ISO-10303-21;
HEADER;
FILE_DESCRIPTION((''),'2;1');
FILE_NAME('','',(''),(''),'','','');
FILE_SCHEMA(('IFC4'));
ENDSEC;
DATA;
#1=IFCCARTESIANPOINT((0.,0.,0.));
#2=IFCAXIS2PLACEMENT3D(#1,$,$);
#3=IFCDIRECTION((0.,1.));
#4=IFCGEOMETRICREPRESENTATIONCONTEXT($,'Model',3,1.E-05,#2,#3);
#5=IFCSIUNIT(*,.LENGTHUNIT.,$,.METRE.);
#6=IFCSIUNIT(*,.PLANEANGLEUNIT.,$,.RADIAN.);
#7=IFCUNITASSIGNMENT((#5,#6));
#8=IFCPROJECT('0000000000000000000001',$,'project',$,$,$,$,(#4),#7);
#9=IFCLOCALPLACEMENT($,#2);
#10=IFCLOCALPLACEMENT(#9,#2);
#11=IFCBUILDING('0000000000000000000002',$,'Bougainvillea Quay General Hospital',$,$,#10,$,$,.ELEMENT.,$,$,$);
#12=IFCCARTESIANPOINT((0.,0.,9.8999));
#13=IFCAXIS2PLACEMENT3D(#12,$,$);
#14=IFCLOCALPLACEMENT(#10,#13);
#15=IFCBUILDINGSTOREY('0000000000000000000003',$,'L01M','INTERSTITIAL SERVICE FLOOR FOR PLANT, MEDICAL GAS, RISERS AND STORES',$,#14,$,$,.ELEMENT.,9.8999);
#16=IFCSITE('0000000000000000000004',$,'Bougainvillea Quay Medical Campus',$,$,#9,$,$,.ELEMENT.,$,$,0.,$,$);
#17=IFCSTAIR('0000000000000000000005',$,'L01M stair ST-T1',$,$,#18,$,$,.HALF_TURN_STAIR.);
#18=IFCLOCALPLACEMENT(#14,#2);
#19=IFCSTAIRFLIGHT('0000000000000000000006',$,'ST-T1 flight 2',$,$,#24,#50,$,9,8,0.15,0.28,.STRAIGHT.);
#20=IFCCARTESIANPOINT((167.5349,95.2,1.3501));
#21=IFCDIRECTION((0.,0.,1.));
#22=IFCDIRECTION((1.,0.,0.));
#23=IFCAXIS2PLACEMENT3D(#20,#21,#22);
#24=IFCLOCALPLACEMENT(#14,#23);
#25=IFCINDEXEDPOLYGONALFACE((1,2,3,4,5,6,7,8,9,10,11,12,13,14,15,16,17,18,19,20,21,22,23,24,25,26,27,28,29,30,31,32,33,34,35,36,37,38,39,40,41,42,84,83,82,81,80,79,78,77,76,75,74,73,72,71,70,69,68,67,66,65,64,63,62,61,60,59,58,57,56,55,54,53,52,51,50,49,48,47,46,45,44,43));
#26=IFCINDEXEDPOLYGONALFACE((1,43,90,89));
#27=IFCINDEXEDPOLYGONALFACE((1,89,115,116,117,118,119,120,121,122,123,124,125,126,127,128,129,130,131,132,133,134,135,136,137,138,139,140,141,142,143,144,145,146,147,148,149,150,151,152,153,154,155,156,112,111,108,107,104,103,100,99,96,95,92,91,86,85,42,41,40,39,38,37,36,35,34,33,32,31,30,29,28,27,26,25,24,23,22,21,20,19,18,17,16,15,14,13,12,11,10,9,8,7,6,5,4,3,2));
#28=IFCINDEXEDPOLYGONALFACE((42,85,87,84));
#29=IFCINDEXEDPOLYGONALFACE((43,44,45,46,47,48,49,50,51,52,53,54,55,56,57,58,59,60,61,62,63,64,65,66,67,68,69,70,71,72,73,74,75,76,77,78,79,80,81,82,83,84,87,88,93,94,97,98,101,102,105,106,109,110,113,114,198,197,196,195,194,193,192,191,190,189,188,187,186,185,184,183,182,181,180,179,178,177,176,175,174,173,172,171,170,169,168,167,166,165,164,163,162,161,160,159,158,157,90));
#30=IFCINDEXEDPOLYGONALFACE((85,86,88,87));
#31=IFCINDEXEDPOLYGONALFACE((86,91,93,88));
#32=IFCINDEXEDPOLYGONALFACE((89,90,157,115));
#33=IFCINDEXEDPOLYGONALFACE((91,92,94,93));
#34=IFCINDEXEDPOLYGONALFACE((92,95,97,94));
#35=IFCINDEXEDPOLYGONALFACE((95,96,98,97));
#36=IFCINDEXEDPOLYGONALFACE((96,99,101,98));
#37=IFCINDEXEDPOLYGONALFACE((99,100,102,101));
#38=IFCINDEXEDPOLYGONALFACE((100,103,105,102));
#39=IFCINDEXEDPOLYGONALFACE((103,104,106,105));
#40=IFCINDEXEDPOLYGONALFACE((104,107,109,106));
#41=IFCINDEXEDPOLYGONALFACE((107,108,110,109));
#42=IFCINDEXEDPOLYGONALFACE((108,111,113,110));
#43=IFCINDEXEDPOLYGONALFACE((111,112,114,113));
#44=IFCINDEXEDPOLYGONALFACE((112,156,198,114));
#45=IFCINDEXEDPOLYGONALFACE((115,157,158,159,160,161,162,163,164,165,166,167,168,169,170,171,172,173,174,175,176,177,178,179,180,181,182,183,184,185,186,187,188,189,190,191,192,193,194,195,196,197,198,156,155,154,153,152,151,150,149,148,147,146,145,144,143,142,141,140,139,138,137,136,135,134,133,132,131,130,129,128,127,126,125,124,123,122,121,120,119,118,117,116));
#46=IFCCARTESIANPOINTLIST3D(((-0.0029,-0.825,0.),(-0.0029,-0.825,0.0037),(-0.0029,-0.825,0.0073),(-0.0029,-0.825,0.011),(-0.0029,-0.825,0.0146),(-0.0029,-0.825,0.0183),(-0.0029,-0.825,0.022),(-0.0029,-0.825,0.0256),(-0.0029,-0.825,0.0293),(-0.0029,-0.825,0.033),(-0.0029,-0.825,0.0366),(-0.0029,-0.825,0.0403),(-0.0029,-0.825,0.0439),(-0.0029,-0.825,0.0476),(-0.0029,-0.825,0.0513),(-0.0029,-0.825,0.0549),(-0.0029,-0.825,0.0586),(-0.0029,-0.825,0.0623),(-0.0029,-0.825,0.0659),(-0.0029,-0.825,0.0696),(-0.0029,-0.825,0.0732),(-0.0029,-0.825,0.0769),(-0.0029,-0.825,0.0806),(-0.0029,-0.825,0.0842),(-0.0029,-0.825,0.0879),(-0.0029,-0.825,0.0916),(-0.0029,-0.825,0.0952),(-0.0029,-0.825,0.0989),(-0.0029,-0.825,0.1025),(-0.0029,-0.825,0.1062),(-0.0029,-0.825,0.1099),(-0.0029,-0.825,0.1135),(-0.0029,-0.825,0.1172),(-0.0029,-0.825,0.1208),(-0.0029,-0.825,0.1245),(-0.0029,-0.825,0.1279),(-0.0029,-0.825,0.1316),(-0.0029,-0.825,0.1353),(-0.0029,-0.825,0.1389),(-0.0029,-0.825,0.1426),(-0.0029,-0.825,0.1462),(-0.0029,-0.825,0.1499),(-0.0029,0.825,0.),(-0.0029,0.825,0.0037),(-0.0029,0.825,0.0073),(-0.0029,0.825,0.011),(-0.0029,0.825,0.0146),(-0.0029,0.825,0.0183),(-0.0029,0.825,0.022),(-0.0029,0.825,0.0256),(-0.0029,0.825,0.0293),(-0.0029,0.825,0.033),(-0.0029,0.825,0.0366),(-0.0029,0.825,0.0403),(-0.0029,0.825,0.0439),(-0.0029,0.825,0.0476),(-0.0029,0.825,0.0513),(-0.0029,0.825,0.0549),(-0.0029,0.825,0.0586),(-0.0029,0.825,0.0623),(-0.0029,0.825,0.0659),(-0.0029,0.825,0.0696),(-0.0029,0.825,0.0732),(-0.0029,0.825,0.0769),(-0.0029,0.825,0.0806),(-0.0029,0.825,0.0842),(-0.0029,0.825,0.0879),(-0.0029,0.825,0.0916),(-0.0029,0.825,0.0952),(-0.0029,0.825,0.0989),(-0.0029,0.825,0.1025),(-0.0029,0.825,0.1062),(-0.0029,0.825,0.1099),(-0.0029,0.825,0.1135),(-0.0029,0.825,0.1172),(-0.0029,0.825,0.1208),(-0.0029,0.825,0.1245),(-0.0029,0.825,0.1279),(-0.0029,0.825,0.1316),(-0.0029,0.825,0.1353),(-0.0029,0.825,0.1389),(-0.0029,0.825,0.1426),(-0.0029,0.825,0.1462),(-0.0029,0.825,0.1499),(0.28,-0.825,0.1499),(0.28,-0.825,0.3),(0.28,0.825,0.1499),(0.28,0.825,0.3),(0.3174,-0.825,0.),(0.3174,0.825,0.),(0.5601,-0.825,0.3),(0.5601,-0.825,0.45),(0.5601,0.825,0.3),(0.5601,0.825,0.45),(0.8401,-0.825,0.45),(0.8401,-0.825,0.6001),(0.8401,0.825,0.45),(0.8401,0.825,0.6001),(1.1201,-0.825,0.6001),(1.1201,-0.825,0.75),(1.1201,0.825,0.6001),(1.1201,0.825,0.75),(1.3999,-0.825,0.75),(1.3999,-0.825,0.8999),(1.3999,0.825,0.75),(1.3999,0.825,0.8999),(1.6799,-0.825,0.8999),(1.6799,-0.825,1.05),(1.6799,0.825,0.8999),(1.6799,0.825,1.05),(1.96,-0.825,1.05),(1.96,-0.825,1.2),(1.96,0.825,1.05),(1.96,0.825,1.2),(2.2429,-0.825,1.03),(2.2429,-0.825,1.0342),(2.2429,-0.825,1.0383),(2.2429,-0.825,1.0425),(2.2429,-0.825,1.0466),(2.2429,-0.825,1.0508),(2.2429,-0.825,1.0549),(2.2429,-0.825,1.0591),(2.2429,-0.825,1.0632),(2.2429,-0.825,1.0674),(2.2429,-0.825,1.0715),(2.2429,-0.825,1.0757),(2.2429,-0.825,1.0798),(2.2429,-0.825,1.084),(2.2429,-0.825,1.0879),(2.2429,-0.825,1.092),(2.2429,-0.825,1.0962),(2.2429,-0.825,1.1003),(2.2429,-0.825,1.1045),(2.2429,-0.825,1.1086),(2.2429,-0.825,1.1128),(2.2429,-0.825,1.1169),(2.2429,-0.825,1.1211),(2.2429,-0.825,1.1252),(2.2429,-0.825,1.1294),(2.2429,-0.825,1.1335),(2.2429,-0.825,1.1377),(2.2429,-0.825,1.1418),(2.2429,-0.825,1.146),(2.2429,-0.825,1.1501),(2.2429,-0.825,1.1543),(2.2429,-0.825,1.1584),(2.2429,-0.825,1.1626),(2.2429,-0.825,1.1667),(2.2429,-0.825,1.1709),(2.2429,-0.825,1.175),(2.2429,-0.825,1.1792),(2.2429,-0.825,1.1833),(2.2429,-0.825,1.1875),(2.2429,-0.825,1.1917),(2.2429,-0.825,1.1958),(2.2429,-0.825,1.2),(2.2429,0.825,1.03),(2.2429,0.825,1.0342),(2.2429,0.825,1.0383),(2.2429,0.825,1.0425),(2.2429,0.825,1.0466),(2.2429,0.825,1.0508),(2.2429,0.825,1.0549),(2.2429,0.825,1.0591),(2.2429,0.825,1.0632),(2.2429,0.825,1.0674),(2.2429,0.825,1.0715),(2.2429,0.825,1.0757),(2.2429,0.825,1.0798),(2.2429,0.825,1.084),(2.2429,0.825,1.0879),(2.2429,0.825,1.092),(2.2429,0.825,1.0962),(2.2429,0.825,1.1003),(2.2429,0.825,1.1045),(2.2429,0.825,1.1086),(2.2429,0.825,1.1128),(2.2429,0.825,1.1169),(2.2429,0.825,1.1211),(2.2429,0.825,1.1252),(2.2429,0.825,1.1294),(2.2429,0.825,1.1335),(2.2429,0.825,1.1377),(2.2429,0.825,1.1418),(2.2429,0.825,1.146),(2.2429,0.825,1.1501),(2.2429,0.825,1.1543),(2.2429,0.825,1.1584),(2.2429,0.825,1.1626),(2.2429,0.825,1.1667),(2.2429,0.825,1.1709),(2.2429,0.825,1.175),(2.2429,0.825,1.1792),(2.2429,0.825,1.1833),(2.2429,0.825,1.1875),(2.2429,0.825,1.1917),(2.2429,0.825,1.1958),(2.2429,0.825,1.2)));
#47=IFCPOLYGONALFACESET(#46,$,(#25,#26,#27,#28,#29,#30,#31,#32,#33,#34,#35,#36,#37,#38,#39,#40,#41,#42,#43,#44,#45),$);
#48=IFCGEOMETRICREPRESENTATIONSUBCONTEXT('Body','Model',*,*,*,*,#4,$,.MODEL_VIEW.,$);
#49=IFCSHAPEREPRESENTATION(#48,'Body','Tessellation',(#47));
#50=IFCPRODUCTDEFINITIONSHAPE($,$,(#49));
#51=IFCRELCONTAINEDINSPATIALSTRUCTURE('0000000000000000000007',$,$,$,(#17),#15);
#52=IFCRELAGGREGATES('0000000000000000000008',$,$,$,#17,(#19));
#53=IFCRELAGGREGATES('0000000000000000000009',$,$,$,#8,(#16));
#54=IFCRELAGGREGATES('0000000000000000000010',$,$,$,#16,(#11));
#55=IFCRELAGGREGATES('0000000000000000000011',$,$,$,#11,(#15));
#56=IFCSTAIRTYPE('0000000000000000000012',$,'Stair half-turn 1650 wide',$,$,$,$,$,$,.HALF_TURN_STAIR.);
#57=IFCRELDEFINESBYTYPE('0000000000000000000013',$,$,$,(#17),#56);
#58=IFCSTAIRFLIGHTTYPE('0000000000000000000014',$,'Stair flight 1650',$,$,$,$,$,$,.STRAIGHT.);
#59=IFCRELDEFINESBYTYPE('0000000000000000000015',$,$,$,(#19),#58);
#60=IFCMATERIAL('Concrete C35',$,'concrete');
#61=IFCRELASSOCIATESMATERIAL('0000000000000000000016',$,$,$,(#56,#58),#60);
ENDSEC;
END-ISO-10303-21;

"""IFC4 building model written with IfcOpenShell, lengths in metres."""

from ifc_helpers import new_model, si_unit, direction, frame, origin, place, context, subcontext, project, spatial, polyline, outline, extrude, material, type_object, element, aggregate, save


model = new_model("IFC4")

# Units and contexts
model_context = context("Model", 3, precision=1e-05, world=origin(), true_north=direction((0.0, 1.0)))
body_context = subcontext(model_context, "Body", "Model", "MODEL_VIEW")
ifc_project = project(units=[si_unit("LENGTHUNIT", "METRE"), si_unit("PLANEANGLEUNIT", "RADIAN")], contexts=[model_context])

# Site, building, storey
site_placement = place(None, origin())
site = spatial("IfcSite", under=ifc_project, at=site_placement, Name="Bougainvillea Quay Medical Campus", CompositionType="ELEMENT", RefElevation=0.0)
building_placement = place(site_placement, origin())
building = spatial("IfcBuilding", under=site, at=building_placement, Name="Bougainvillea Quay General Hospital", CompositionType="ELEMENT")
storey_placement = place(building_placement, frame((0.0, 0.0, 9.8999)))
storey = spatial("IfcBuildingStorey", under=building, at=storey_placement, Name="L01M", Description="INTERSTITIAL SERVICE FLOOR FOR PLANT, MEDICAL GAS, RISERS AND STORES", CompositionType="ELEMENT", Elevation=9.8999)

# Stair, stair flight
ifc_material_1 = material(Name="Concrete C35", Category="concrete")
stair_type = type_object("IfcStairType", Name="Stair half-turn 1650 wide", PredefinedType="HALF_TURN_STAIR", material=ifc_material_1)
stair_placement = place(storey_placement, origin())
stair = element("IfcStair", 1, at=stair_placement, inside=storey, type_object=stair_type, Name="L01M stair ST-T1", PredefinedType="HALF_TURN_STAIR")
stair_flight_type = type_object("IfcStairFlightType", Name="Stair flight 1650", PredefinedType="STRAIGHT", material=ifc_material_1)
stair_flight_placement = place(storey_placement, frame((167.5349, 95.2, 1.3501), z_axis=(0.0, 0.0, 1.0), x_axis=(1.0, 0.0, 0.0)))
stair_flight = element("IfcStairFlight", 2, at=stair_flight_placement, type_object=stair_flight_type, Name="ST-T1 flight 2", NumberOfRisers=9, NumberOfTreads=8, PredefinedType="STRAIGHT", RiserHeight=0.15, TreadLength=0.28, context=body_context, shape_type="SweptSolid", body=[
    extrude(outline(polyline([(-0.0029, 0.0), (-0.0029, 0.0037), (-0.0029, 0.0073), (-0.0029, 0.011), (-0.0029, 0.0146), (-0.0029, 0.0183), (-0.0029, 0.022), (-0.0029, 0.0256), (-0.0029, 0.0293), (-0.0029, 0.033), (-0.0029, 0.0366), (-0.0029, 0.0403), (-0.0029, 0.0439), (-0.0029, 0.0476), (-0.0029, 0.0513), (-0.0029, 0.0549), (-0.0029, 0.0586), (-0.0029, 0.0623), (-0.0029, 0.0659), (-0.0029, 0.0696), (-0.0029, 0.0732), (-0.0029, 0.0769), (-0.0029, 0.0806), (-0.0029, 0.0842), (-0.0029, 0.0879), (-0.0029, 0.0916), (-0.0029, 0.0952), (-0.0029, 0.0989), (-0.0029, 0.1025), (-0.0029, 0.1062), (-0.0029, 0.1099), (-0.0029, 0.1135), (-0.0029, 0.1172), (-0.0029, 0.1208), (-0.0029, 0.1245), (-0.0029, 0.1279), (-0.0029, 0.1316), (-0.0029, 0.1353), (-0.0029, 0.1389), (-0.0029, 0.1426), (-0.0029, 0.1462), (-0.0029, 0.1499), (0.28, 0.1499), (0.28, 0.3), (0.5601, 0.3), (0.5601, 0.45), (0.8401, 0.45), (0.8401, 0.6001), (1.1201, 0.6001), (1.1201, 0.75), (1.3999, 0.75), (1.3999, 0.8999), (1.6799, 0.8999), (1.6799, 1.05), (1.96, 1.05), (1.96, 1.2), (2.2429, 1.2), (2.2429, 1.1958), (2.2429, 1.1917), (2.2429, 1.1875), (2.2429, 1.1833), (2.2429, 1.1792), (2.2429, 1.175), (2.2429, 1.1709), (2.2429, 1.1667), (2.2429, 1.1626), (2.2429, 1.1584), (2.2429, 1.1543), (2.2429, 1.1501), (2.2429, 1.146), (2.2429, 1.1418), (2.2429, 1.1377), (2.2429, 1.1335), (2.2429, 1.1294), (2.2429, 1.1252), (2.2429, 1.1211), (2.2429, 1.1169), (2.2429, 1.1128), (2.2429, 1.1086), (2.2429, 1.1045), (2.2429, 1.1003), (2.2429, 1.0962), (2.2429, 1.092), (2.2429, 1.0879), (2.2429, 1.084), (2.2429, 1.0798), (2.2429, 1.0757), (2.2429, 1.0715), (2.2429, 1.0674), (2.2429, 1.0632), (2.2429, 1.0591), (2.2429, 1.0549), (2.2429, 1.0508), (2.2429, 1.0466), (2.2429, 1.0425), (2.2429, 1.0383), (2.2429, 1.0342), (2.2429, 1.03), (0.3174, 0.0), (-0.0029, 0.0)])), frame((0.0, 0.825, 0.0), z_axis=(0.0, -1.0, 0.0), x_axis=(1.0, 0.0, 0.0)), (0.0, 0.0, 1.0), 1.6499),
])
aggregate(stair, [stair_flight])

save(model, "model.ifc")
